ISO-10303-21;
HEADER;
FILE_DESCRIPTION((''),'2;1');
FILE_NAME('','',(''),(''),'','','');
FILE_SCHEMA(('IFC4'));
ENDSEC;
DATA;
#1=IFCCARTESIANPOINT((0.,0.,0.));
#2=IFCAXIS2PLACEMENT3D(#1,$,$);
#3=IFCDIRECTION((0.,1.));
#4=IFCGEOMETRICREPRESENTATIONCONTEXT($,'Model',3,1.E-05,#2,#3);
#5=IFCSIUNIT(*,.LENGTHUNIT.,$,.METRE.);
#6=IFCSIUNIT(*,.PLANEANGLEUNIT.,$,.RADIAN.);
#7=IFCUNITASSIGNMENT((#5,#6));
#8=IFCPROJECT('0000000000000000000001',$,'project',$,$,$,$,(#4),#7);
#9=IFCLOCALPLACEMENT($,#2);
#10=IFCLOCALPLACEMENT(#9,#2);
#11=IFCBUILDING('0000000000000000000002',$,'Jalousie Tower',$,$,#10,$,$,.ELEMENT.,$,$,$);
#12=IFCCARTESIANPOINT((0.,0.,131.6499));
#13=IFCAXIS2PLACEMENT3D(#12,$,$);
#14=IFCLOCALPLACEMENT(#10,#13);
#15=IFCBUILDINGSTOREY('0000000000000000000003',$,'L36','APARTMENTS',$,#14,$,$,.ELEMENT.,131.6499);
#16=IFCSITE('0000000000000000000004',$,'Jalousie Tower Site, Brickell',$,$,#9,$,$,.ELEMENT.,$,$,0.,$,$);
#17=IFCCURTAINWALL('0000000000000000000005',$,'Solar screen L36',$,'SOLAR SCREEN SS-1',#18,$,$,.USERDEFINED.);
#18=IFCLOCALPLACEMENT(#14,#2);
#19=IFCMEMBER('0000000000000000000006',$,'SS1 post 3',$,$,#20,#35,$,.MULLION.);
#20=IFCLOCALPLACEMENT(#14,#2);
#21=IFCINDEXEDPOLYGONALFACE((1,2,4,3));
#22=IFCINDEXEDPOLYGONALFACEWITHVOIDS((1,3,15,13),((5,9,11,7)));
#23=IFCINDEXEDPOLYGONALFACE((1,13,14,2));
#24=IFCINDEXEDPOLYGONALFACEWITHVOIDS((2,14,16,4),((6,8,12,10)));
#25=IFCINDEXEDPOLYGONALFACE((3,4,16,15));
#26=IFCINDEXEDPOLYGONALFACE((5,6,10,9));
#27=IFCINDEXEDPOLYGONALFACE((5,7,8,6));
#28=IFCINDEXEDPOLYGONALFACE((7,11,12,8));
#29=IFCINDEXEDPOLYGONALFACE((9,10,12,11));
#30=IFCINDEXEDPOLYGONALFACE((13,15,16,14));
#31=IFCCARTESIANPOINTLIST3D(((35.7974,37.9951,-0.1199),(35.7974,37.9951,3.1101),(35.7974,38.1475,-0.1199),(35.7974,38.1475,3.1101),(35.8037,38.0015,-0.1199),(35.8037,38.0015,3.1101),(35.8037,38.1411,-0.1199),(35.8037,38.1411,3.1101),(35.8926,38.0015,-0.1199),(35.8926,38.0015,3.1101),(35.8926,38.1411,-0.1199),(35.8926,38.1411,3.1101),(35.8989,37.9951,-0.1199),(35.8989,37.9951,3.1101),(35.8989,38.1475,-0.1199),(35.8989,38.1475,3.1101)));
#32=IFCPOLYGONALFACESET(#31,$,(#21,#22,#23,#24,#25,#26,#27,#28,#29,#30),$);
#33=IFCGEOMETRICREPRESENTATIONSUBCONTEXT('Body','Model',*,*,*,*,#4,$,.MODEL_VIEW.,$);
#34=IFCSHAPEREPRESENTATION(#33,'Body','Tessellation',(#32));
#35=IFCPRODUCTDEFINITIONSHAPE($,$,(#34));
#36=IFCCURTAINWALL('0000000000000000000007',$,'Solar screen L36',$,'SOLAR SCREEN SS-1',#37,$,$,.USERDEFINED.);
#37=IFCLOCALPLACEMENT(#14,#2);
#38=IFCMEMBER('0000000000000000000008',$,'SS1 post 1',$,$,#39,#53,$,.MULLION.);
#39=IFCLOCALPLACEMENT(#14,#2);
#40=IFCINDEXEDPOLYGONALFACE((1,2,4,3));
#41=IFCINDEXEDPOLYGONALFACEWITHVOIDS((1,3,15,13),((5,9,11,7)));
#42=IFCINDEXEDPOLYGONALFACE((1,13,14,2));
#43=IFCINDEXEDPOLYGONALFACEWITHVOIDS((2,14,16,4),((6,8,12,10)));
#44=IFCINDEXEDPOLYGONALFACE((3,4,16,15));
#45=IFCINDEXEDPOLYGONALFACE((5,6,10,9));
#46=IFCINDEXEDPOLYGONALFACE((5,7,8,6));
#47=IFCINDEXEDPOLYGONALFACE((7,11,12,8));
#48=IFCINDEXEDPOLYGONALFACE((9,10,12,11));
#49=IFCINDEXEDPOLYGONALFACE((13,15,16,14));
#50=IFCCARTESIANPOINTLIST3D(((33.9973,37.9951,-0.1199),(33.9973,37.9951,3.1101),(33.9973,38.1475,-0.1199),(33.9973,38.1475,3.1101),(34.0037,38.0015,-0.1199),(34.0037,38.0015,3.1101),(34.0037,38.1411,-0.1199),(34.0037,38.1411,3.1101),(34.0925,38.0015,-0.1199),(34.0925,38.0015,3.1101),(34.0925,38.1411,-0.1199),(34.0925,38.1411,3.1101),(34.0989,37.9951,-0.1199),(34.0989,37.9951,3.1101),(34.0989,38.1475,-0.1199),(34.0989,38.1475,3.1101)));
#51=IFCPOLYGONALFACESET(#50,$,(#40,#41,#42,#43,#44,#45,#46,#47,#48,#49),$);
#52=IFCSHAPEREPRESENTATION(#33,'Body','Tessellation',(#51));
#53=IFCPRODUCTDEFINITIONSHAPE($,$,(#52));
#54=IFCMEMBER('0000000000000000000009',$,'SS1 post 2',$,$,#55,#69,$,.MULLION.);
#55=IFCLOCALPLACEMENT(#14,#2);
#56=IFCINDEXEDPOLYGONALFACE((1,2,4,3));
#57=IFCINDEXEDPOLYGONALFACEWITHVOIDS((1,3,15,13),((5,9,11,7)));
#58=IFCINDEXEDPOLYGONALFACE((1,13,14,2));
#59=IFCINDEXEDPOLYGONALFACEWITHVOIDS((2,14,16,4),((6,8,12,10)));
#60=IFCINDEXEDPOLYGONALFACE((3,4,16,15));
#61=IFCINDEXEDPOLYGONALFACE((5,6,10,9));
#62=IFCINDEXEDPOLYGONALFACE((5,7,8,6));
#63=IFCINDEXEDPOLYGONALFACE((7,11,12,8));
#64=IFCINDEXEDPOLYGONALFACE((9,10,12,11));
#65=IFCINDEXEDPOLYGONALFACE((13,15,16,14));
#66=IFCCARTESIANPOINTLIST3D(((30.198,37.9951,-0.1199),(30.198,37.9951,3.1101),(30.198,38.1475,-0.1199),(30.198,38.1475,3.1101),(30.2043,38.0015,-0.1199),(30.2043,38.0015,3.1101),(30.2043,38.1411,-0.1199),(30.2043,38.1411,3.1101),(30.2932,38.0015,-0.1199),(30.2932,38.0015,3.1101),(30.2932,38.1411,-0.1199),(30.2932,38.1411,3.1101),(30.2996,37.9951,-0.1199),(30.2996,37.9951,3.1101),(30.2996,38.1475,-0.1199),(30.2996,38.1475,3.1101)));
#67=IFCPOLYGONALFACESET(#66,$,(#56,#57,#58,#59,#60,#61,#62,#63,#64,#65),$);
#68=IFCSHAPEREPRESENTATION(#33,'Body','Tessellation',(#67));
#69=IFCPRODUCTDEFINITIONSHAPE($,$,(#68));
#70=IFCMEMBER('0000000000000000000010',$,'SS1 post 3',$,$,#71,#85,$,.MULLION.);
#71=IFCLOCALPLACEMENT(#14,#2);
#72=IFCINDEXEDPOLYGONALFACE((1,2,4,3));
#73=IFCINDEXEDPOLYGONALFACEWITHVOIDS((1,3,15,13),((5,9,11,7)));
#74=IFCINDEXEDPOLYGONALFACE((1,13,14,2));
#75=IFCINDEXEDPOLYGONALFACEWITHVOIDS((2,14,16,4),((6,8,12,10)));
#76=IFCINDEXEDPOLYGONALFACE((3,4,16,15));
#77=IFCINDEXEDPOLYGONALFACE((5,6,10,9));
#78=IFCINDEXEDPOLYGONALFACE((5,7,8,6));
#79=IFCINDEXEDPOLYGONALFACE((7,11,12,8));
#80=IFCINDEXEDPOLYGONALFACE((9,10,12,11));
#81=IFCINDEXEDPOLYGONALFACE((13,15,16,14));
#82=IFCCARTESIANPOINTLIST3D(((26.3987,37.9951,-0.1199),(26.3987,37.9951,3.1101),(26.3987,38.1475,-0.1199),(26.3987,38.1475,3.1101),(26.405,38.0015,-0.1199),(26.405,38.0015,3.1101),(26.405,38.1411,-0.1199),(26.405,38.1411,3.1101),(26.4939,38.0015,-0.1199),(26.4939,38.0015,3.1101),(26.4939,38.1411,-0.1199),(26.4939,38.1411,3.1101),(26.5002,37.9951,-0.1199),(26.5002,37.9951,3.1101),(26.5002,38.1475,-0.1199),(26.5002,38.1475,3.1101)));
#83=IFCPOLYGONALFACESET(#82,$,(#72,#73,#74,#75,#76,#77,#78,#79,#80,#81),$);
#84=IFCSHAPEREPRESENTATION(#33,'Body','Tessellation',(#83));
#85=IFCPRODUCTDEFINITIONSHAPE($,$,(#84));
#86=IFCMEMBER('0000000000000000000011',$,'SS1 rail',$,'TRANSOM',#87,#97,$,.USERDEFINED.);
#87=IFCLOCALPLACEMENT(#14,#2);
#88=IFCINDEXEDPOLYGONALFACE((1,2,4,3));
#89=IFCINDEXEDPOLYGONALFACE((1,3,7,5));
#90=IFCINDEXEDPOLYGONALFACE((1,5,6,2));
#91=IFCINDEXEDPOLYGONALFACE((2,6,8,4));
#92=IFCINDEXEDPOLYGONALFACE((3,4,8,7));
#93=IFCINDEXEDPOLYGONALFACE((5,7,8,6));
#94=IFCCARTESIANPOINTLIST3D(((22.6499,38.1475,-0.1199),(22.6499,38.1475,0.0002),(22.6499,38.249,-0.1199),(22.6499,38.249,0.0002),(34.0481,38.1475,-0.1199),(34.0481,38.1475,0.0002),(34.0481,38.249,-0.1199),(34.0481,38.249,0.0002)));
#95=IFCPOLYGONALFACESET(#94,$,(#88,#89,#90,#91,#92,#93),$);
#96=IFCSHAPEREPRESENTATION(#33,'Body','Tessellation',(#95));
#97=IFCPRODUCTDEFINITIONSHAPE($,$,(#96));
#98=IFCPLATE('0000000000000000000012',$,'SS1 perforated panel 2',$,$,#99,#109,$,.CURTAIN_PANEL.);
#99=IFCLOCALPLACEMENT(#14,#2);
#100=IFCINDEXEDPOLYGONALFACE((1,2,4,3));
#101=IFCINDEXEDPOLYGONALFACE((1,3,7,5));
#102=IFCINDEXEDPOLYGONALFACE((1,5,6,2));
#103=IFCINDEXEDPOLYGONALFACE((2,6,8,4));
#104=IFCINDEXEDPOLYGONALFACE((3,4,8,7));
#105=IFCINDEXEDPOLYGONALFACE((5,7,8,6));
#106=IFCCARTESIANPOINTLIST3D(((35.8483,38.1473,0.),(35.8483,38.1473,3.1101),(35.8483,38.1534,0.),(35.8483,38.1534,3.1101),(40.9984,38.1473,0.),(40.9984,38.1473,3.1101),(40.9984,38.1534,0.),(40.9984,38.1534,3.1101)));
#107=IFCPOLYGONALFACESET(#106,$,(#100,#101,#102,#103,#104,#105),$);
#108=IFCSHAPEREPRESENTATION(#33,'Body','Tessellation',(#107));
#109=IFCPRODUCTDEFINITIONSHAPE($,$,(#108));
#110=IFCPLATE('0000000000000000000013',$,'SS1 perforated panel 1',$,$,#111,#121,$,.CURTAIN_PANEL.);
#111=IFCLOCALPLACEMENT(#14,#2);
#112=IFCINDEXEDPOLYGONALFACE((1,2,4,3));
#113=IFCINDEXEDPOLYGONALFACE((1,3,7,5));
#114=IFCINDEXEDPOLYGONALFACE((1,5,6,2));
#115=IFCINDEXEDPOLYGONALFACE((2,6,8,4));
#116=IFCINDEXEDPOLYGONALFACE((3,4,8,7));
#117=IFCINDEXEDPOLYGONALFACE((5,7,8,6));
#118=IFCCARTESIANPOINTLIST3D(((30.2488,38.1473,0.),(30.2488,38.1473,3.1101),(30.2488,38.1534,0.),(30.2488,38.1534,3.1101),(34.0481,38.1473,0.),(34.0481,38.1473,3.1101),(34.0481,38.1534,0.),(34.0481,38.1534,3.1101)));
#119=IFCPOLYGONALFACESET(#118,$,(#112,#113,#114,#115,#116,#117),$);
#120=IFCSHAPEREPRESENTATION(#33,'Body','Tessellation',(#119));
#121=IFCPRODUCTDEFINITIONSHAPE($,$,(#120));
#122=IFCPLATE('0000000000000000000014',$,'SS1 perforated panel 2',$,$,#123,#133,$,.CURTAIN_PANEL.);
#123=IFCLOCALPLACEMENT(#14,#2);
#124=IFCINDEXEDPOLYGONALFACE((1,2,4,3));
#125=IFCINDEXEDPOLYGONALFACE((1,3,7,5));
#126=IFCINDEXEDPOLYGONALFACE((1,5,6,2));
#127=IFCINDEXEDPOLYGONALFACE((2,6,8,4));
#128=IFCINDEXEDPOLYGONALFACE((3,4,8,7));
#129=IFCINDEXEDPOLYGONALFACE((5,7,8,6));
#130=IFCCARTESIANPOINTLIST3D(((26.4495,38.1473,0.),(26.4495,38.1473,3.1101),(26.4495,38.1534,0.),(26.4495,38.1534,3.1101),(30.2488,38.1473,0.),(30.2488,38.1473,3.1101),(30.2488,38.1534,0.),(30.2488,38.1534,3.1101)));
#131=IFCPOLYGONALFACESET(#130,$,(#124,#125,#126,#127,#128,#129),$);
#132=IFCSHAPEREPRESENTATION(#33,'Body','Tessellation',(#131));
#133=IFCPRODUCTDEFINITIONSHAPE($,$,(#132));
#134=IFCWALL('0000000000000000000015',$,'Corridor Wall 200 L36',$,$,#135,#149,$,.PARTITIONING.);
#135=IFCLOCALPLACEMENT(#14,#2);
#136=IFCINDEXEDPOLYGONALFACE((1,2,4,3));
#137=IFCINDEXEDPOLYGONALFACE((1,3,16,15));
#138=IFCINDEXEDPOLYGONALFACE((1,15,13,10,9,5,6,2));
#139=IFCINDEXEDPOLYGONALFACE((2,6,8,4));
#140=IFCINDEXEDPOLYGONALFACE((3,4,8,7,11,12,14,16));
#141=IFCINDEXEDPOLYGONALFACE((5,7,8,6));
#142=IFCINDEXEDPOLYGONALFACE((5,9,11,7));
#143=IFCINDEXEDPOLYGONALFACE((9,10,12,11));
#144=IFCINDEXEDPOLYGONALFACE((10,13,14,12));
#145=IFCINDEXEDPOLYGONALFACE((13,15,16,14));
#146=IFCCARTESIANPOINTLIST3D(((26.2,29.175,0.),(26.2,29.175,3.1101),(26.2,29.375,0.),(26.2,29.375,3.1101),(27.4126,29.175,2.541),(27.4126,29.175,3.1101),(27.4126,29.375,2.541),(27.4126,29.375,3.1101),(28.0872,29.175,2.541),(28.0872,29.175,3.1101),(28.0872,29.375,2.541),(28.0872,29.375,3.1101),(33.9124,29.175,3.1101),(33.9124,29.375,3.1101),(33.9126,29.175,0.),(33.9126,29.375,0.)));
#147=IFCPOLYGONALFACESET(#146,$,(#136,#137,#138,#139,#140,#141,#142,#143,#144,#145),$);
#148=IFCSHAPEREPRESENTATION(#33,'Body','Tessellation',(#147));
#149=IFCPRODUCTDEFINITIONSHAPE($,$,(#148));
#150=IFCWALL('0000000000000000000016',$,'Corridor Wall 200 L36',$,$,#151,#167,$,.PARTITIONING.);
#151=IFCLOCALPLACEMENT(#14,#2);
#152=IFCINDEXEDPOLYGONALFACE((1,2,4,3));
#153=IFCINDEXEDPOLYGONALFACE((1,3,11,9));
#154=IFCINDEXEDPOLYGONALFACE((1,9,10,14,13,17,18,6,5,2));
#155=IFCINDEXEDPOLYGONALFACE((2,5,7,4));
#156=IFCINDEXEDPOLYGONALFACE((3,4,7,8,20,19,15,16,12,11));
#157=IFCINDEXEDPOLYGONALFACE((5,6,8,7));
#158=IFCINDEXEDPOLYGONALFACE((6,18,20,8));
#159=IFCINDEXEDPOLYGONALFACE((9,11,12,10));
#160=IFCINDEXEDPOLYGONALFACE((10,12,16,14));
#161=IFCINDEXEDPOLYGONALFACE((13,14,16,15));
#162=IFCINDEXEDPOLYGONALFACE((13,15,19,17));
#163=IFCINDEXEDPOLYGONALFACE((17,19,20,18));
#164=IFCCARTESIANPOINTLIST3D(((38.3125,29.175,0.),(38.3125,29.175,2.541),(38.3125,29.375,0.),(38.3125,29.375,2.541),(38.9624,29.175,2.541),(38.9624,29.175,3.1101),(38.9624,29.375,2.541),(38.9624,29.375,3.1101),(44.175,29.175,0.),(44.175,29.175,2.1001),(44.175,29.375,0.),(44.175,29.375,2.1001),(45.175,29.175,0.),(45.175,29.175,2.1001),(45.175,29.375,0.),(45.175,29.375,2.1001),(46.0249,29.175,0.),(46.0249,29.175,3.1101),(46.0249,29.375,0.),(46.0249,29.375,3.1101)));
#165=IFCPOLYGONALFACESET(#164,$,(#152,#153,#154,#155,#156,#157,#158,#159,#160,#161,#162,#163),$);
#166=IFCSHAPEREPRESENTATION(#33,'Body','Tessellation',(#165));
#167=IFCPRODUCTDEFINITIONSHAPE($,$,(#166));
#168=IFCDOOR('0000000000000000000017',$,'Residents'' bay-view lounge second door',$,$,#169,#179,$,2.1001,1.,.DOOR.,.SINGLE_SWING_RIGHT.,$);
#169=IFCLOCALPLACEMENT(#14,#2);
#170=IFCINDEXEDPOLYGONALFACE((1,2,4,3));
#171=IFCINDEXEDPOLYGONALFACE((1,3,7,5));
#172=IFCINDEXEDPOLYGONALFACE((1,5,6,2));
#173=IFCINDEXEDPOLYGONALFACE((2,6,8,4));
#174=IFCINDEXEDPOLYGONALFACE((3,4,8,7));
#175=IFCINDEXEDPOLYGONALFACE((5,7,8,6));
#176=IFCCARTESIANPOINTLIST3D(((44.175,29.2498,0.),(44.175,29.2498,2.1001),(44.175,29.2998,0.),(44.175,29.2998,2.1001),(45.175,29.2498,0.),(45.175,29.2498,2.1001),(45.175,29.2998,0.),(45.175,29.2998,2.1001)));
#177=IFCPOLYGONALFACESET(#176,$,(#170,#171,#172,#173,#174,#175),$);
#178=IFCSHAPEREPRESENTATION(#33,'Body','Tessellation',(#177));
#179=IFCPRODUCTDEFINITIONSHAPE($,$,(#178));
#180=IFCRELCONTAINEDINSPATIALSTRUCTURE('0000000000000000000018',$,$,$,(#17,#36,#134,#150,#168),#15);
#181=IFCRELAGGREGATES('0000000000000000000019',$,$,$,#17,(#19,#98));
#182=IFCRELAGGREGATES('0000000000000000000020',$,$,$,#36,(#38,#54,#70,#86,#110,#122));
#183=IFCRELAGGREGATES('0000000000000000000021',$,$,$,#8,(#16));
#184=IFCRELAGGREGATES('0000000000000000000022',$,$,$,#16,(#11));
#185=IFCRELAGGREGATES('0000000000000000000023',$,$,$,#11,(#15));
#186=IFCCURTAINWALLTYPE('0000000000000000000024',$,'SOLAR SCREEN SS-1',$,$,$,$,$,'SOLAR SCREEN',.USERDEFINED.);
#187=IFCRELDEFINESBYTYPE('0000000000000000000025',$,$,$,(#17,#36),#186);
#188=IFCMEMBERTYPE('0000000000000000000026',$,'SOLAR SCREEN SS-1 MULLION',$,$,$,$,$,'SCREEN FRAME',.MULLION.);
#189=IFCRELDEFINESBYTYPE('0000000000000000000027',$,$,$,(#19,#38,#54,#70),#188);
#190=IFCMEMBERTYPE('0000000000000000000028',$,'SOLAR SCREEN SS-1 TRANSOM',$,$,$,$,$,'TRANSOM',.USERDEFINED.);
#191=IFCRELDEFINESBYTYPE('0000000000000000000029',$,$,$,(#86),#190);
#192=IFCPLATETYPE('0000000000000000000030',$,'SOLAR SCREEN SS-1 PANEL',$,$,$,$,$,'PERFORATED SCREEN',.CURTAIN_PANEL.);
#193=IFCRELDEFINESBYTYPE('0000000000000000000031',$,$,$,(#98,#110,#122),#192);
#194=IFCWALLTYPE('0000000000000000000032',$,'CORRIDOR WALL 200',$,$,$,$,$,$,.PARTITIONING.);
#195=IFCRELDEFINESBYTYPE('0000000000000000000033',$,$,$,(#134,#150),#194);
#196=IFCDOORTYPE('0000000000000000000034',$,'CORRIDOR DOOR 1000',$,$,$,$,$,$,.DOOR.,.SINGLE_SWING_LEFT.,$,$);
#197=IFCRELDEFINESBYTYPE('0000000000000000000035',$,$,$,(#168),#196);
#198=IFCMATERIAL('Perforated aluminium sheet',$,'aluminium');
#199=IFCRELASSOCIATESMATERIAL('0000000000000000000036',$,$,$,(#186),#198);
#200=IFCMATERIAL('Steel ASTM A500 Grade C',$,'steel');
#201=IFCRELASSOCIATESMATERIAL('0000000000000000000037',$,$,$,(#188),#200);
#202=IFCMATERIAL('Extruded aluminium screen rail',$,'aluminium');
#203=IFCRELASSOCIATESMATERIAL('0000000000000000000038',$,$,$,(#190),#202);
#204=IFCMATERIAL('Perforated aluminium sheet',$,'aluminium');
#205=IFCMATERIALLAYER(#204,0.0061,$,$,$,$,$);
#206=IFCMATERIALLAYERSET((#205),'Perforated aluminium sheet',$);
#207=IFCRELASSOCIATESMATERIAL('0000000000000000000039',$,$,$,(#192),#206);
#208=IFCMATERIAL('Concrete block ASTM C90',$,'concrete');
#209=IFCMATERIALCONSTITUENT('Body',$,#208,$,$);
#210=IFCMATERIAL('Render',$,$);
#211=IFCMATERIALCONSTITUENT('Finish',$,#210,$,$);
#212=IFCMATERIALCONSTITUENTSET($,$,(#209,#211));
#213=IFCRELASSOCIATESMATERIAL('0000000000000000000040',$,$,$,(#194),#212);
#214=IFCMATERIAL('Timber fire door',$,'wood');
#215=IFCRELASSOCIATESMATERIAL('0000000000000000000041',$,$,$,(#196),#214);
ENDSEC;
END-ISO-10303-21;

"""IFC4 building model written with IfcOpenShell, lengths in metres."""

from ifc_helpers import new_model, si_unit, direction, frame, frame_2d, origin, origin_2d, place, context, subcontext, project, spatial, polyline, rectangle, hollow_rectangle, outline, extrude, material, layer, layer_set, constituent, constituent_set, material_profile, profile_set, type_object, element, fill, aggregate, save


model = new_model("IFC4")

# Units and contexts
model_context = context("Model", 3, precision=1e-05, world=origin(), true_north=direction((0.0, 1.0)))
body_context = subcontext(model_context, "Body", "Model", "MODEL_VIEW")
ifc_project = project(units=[si_unit("LENGTHUNIT", "METRE"), si_unit("PLANEANGLEUNIT", "RADIAN")], contexts=[model_context])

# Site, building, storey
site_placement = place(None, origin())
site = spatial("IfcSite", under=ifc_project, at=site_placement, Name="Jalousie Tower Site, Brickell", CompositionType="ELEMENT", RefElevation=0.0)
building_placement = place(site_placement, origin())
building = spatial("IfcBuilding", under=site, at=building_placement, Name="Jalousie Tower", CompositionType="ELEMENT")
storey_placement = place(building_placement, frame((0.0, 0.0, 131.6499)))
storey = spatial("IfcBuildingStorey", under=building, at=storey_placement, Name="L36", Description="APARTMENTS", CompositionType="ELEMENT", Elevation=131.6499)

# Curtain wall, member
ifc_material_1 = material(Name="Perforated aluminium sheet", Category="aluminium")
curtain_wall_type = type_object("IfcCurtainWallType", Name="SOLAR SCREEN SS-1", ElementType="SOLAR SCREEN", PredefinedType="USERDEFINED", material=ifc_material_1)
curtain_wall_1_placement = place(storey_placement, origin())
curtain_wall_1 = element("IfcCurtainWall", 1, at=curtain_wall_1_placement, inside=storey, type_object=curtain_wall_type, Name="Solar screen L36", ObjectType="SOLAR SCREEN SS-1", PredefinedType="USERDEFINED")
ifc_material_2 = material(Name="Steel ASTM A500 Grade C", Category="steel")
ifc_material_profile_1 = material_profile(ifc_material_2, hollow_rectangle(XDim=0.1016, YDim=0.1523, WallThickness=0.0063, at=origin_2d()), Name="HSS6X4X1/4")
ifc_profile_set_1 = profile_set([ifc_material_profile_1], Name="Steel ASTM A500 Grade C")
member_type_1 = type_object("IfcMemberType", Name="SOLAR SCREEN SS-1 MULLION", ElementType="SCREEN FRAME", PredefinedType="MULLION", material=ifc_profile_set_1)
member_1_placement = place(storey_placement, frame((35.8481, 38.0713, -0.1199), z_axis=(0.0, 0.0, 1.0), x_axis=(-1.0, 0.0, 0.0)))
member_1 = element("IfcMember", 2, at=member_1_placement, type_object=member_type_1, Name="SS1 post 3", PredefinedType="MULLION", context=body_context, shape_type="SweptSolid", body=[
    extrude(hollow_rectangle(XDim=0.1016, YDim=0.1523, WallThickness=0.0063, at=origin_2d()), origin(), (0.0, 0.0, 1.0), 3.23),
])

# Curtain wall, members
curtain_wall_2_placement = place(storey_placement, origin())
curtain_wall_2 = element("IfcCurtainWall", 3, at=curtain_wall_2_placement, inside=storey, type_object=curtain_wall_type, Name="Solar screen L36", ObjectType="SOLAR SCREEN SS-1", PredefinedType="USERDEFINED")
member_2_placement = place(storey_placement, frame((34.0481, 38.0713, -0.1199), z_axis=(0.0, 0.0, 1.0), x_axis=(-1.0, 0.0, 0.0)))
member_2 = element("IfcMember", 4, at=member_2_placement, type_object=member_type_1, Name="SS1 post 1", PredefinedType="MULLION", context=body_context, shape_type="SweptSolid", body=[
    extrude(hollow_rectangle(XDim=0.1016, YDim=0.1523, WallThickness=0.0063, at=origin_2d()), origin(), (0.0, 0.0, 1.0), 3.23),
])
member_3_placement = place(storey_placement, frame((30.2488, 38.0713, -0.1199), z_axis=(0.0, 0.0, 1.0), x_axis=(-1.0, 0.0, 0.0)))
member_3 = element("IfcMember", 5, at=member_3_placement, type_object=member_type_1, Name="SS1 post 2", PredefinedType="MULLION", context=body_context, shape_type="SweptSolid", body=[
    extrude(hollow_rectangle(XDim=0.1016, YDim=0.1523, WallThickness=0.0063, at=origin_2d()), origin(), (0.0, 0.0, 1.0), 3.23),
])
member_4_placement = place(storey_placement, frame((26.4495, 38.0713, -0.1199), z_axis=(0.0, 0.0, 1.0), x_axis=(-1.0, 0.0, 0.0)))
member_4 = element("IfcMember", 6, at=member_4_placement, type_object=member_type_1, Name="SS1 post 3", PredefinedType="MULLION", context=body_context, shape_type="SweptSolid", body=[
    extrude(hollow_rectangle(XDim=0.1016, YDim=0.1523, WallThickness=0.0063, at=origin_2d()), origin(), (0.0, 0.0, 1.0), 3.23),
])
ifc_material_3 = material(Name="Extruded aluminium screen rail", Category="aluminium")
ifc_material_profile_2 = material_profile(ifc_material_3, rectangle(XDim=0.1016, YDim=0.1201, at=origin_2d()), Name="RAIL 102x120")
ifc_profile_set_2 = profile_set([ifc_material_profile_2], Name="Extruded aluminium screen rail")
member_type_2 = type_object("IfcMemberType", Name="SOLAR SCREEN SS-1 TRANSOM", ElementType="TRANSOM", PredefinedType="USERDEFINED", material=ifc_profile_set_2)
member_5_placement = place(storey_placement, frame((34.0481, 38.1982, -0.0598), z_axis=(-1.0, 0.0, 0.0), x_axis=(0.0, -1.0, 0.0)))
member_5 = element("IfcMember", 7, at=member_5_placement, type_object=member_type_2, Name="SS1 rail", ObjectType="TRANSOM", PredefinedType="USERDEFINED", context=body_context, shape_type="SweptSolid", body=[
    extrude(rectangle(XDim=0.1016, YDim=0.1201, at=origin_2d()), origin(), (0.0, 0.0, 1.0), 11.3982),
])

# Plates
ifc_material_4 = material(Name="Perforated aluminium sheet", Category="aluminium")
ifc_layer_1 = layer(ifc_material_4, 0.0061)
ifc_layer_set_1 = layer_set([ifc_layer_1], Name="Perforated aluminium sheet")
plate_type = type_object("IfcPlateType", Name="SOLAR SCREEN SS-1 PANEL", ElementType="PERFORATED SCREEN", PredefinedType="CURTAIN_PANEL", material=ifc_layer_set_1)
plate_1_placement = place(storey_placement, frame((38.4233, 38.1504, 0.0), z_axis=(0.0, 0.0, 1.0), x_axis=(-1.0, 0.0, 0.0)))
plate_1 = element("IfcPlate", 8, at=plate_1_placement, type_object=plate_type, Name="SS1 perforated panel 2", PredefinedType="CURTAIN_PANEL", context=body_context, shape_type="SweptSolid", body=[
    extrude(rectangle(XDim=5.1501, YDim=0.0061, at=origin_2d()), origin(), (0.0, 0.0, 1.0), 3.1101),
])
aggregate(curtain_wall_1, [member_1, plate_1])
plate_2_placement = place(storey_placement, frame((32.1484, 38.1504, 0.0), z_axis=(0.0, 0.0, 1.0), x_axis=(-1.0, 0.0, 0.0)))
plate_2 = element("IfcPlate", 9, at=plate_2_placement, type_object=plate_type, Name="SS1 perforated panel 1", PredefinedType="CURTAIN_PANEL", context=body_context, shape_type="SweptSolid", body=[
    extrude(rectangle(XDim=3.7993, YDim=0.0061, at=origin_2d()), origin(), (0.0, 0.0, 1.0), 3.1101),
])
plate_3_placement = place(storey_placement, frame((28.3491, 38.1504, 0.0), z_axis=(0.0, 0.0, 1.0), x_axis=(-1.0, 0.0, 0.0)))
plate_3 = element("IfcPlate", 10, at=plate_3_placement, type_object=plate_type, Name="SS1 perforated panel 2", PredefinedType="CURTAIN_PANEL", context=body_context, shape_type="SweptSolid", body=[
    extrude(rectangle(XDim=3.7993, YDim=0.0061, at=origin_2d()), origin(), (0.0, 0.0, 1.0), 3.1101),
])
aggregate(curtain_wall_2, [member_2, member_3, member_4, member_5, plate_2, plate_3])

# Wall
ifc_material_5 = material(Name="Concrete block ASTM C90", Category="concrete")
ifc_constituent_1 = constituent(ifc_material_5, Name="Body")
ifc_material_6 = material(Name="Render")
ifc_constituent_2 = constituent(ifc_material_6, Name="Finish")
ifc_constituent_set_1 = constituent_set(constituents=[ifc_constituent_1, ifc_constituent_2])
wall_type_1 = type_object("IfcWallType", Name="CORRIDOR WALL 200", PredefinedType="PARTITIONING", material=ifc_constituent_set_1)
wall_1_placement = place(storey_placement, frame((26.2, 29.2749, 0.0), z_axis=(0.0, 0.0, 1.0), x_axis=(1.0, 0.0, 0.0)))
element("IfcWall", 11, at=wall_1_placement, inside=storey, type_object=wall_type_1, Name="Corridor Wall 200 L36", PredefinedType="PARTITIONING", context=body_context, shape_type="SweptSolid", body=[
    extrude(outline(polyline([(0.0, 0.0), (7.7126, 0.0), (7.7124, 3.1101), (1.8872, 3.1101), (1.8872, 2.541), (1.2126, 2.541), (1.2126, 3.1101), (0.0, 3.1101), (0.0, 0.0)])), frame((0.0, 0.1001, 0.0), z_axis=(0.0, -1.0, 0.0), x_axis=(1.0, 0.0, 0.0)), (0.0, 0.0, 1.0), 0.2),
])

# Wall, opening, door
wall_2_placement = place(storey_placement, frame((38.3125, 29.2749, 0.0), z_axis=(0.0, 0.0, 1.0), x_axis=(1.0, 0.0, 0.0)))
wall_2 = element("IfcWall", 12, at=wall_2_placement, inside=storey, type_object=wall_type_1, Name="Corridor Wall 200 L36", PredefinedType="PARTITIONING", context=body_context, shape_type="SweptSolid", body=[
    extrude(outline(polyline([(0.0, 0.0), (7.7124, 0.0), (7.7124, 3.1101), (0.6499, 3.1101), (0.6499, 2.541), (0.0, 2.541), (0.0, 3.1101), (0.0, 0.0)])), frame((0.0, 0.1001, 0.0), z_axis=(0.0, -1.0, 0.0), x_axis=(1.0, 0.0, 0.0)), (0.0, 0.0, 1.0), 0.2),
])
opening_1_placement = place(wall_2_placement, frame((5.8625, 0.0, 0.0)))
opening_1 = element("IfcOpeningElement", 13, at=opening_1_placement, cuts=wall_2, PredefinedType="OPENING", context=body_context, shape_type="SweptSolid", body=[
    extrude(rectangle(XDim=1.0, YDim=2.1001, at=frame_2d((0.5, 1.05))), frame((0.0, 0.1099, 0.0), z_axis=(0.0, -1.0, 0.0), x_axis=(1.0, 0.0, 0.0)), (0.0, 0.0, 1.0), 0.22),
])
ifc_material_7 = material(Name="Timber fire door", Category="wood")
door_type_1 = type_object("IfcDoorType", Name="CORRIDOR DOOR 1000", OperationType="SINGLE_SWING_LEFT", PredefinedType="DOOR", material=ifc_material_7)
door_1_placement = place(opening_1_placement, origin())
door_1 = element("IfcDoor", 14, at=door_1_placement, inside=storey, type_object=door_type_1, Name="Residents' bay-view lounge second door", OperationType="SINGLE_SWING_RIGHT", OverallHeight=2.1001, OverallWidth=1.0, PredefinedType="DOOR", context=body_context, shape_type="SweptSolid", body=[
    extrude(rectangle(XDim=1.0, YDim=2.1001, at=frame_2d((0.5, 1.05))), frame((0.0, 0.0249, 0.0), z_axis=(0.0, -1.0, 0.0), x_axis=(1.0, 0.0, 0.0)), (0.0, 0.0, 1.0), 0.05),
])
fill(opening_1, door_1)

save(model, "model.ifc")
